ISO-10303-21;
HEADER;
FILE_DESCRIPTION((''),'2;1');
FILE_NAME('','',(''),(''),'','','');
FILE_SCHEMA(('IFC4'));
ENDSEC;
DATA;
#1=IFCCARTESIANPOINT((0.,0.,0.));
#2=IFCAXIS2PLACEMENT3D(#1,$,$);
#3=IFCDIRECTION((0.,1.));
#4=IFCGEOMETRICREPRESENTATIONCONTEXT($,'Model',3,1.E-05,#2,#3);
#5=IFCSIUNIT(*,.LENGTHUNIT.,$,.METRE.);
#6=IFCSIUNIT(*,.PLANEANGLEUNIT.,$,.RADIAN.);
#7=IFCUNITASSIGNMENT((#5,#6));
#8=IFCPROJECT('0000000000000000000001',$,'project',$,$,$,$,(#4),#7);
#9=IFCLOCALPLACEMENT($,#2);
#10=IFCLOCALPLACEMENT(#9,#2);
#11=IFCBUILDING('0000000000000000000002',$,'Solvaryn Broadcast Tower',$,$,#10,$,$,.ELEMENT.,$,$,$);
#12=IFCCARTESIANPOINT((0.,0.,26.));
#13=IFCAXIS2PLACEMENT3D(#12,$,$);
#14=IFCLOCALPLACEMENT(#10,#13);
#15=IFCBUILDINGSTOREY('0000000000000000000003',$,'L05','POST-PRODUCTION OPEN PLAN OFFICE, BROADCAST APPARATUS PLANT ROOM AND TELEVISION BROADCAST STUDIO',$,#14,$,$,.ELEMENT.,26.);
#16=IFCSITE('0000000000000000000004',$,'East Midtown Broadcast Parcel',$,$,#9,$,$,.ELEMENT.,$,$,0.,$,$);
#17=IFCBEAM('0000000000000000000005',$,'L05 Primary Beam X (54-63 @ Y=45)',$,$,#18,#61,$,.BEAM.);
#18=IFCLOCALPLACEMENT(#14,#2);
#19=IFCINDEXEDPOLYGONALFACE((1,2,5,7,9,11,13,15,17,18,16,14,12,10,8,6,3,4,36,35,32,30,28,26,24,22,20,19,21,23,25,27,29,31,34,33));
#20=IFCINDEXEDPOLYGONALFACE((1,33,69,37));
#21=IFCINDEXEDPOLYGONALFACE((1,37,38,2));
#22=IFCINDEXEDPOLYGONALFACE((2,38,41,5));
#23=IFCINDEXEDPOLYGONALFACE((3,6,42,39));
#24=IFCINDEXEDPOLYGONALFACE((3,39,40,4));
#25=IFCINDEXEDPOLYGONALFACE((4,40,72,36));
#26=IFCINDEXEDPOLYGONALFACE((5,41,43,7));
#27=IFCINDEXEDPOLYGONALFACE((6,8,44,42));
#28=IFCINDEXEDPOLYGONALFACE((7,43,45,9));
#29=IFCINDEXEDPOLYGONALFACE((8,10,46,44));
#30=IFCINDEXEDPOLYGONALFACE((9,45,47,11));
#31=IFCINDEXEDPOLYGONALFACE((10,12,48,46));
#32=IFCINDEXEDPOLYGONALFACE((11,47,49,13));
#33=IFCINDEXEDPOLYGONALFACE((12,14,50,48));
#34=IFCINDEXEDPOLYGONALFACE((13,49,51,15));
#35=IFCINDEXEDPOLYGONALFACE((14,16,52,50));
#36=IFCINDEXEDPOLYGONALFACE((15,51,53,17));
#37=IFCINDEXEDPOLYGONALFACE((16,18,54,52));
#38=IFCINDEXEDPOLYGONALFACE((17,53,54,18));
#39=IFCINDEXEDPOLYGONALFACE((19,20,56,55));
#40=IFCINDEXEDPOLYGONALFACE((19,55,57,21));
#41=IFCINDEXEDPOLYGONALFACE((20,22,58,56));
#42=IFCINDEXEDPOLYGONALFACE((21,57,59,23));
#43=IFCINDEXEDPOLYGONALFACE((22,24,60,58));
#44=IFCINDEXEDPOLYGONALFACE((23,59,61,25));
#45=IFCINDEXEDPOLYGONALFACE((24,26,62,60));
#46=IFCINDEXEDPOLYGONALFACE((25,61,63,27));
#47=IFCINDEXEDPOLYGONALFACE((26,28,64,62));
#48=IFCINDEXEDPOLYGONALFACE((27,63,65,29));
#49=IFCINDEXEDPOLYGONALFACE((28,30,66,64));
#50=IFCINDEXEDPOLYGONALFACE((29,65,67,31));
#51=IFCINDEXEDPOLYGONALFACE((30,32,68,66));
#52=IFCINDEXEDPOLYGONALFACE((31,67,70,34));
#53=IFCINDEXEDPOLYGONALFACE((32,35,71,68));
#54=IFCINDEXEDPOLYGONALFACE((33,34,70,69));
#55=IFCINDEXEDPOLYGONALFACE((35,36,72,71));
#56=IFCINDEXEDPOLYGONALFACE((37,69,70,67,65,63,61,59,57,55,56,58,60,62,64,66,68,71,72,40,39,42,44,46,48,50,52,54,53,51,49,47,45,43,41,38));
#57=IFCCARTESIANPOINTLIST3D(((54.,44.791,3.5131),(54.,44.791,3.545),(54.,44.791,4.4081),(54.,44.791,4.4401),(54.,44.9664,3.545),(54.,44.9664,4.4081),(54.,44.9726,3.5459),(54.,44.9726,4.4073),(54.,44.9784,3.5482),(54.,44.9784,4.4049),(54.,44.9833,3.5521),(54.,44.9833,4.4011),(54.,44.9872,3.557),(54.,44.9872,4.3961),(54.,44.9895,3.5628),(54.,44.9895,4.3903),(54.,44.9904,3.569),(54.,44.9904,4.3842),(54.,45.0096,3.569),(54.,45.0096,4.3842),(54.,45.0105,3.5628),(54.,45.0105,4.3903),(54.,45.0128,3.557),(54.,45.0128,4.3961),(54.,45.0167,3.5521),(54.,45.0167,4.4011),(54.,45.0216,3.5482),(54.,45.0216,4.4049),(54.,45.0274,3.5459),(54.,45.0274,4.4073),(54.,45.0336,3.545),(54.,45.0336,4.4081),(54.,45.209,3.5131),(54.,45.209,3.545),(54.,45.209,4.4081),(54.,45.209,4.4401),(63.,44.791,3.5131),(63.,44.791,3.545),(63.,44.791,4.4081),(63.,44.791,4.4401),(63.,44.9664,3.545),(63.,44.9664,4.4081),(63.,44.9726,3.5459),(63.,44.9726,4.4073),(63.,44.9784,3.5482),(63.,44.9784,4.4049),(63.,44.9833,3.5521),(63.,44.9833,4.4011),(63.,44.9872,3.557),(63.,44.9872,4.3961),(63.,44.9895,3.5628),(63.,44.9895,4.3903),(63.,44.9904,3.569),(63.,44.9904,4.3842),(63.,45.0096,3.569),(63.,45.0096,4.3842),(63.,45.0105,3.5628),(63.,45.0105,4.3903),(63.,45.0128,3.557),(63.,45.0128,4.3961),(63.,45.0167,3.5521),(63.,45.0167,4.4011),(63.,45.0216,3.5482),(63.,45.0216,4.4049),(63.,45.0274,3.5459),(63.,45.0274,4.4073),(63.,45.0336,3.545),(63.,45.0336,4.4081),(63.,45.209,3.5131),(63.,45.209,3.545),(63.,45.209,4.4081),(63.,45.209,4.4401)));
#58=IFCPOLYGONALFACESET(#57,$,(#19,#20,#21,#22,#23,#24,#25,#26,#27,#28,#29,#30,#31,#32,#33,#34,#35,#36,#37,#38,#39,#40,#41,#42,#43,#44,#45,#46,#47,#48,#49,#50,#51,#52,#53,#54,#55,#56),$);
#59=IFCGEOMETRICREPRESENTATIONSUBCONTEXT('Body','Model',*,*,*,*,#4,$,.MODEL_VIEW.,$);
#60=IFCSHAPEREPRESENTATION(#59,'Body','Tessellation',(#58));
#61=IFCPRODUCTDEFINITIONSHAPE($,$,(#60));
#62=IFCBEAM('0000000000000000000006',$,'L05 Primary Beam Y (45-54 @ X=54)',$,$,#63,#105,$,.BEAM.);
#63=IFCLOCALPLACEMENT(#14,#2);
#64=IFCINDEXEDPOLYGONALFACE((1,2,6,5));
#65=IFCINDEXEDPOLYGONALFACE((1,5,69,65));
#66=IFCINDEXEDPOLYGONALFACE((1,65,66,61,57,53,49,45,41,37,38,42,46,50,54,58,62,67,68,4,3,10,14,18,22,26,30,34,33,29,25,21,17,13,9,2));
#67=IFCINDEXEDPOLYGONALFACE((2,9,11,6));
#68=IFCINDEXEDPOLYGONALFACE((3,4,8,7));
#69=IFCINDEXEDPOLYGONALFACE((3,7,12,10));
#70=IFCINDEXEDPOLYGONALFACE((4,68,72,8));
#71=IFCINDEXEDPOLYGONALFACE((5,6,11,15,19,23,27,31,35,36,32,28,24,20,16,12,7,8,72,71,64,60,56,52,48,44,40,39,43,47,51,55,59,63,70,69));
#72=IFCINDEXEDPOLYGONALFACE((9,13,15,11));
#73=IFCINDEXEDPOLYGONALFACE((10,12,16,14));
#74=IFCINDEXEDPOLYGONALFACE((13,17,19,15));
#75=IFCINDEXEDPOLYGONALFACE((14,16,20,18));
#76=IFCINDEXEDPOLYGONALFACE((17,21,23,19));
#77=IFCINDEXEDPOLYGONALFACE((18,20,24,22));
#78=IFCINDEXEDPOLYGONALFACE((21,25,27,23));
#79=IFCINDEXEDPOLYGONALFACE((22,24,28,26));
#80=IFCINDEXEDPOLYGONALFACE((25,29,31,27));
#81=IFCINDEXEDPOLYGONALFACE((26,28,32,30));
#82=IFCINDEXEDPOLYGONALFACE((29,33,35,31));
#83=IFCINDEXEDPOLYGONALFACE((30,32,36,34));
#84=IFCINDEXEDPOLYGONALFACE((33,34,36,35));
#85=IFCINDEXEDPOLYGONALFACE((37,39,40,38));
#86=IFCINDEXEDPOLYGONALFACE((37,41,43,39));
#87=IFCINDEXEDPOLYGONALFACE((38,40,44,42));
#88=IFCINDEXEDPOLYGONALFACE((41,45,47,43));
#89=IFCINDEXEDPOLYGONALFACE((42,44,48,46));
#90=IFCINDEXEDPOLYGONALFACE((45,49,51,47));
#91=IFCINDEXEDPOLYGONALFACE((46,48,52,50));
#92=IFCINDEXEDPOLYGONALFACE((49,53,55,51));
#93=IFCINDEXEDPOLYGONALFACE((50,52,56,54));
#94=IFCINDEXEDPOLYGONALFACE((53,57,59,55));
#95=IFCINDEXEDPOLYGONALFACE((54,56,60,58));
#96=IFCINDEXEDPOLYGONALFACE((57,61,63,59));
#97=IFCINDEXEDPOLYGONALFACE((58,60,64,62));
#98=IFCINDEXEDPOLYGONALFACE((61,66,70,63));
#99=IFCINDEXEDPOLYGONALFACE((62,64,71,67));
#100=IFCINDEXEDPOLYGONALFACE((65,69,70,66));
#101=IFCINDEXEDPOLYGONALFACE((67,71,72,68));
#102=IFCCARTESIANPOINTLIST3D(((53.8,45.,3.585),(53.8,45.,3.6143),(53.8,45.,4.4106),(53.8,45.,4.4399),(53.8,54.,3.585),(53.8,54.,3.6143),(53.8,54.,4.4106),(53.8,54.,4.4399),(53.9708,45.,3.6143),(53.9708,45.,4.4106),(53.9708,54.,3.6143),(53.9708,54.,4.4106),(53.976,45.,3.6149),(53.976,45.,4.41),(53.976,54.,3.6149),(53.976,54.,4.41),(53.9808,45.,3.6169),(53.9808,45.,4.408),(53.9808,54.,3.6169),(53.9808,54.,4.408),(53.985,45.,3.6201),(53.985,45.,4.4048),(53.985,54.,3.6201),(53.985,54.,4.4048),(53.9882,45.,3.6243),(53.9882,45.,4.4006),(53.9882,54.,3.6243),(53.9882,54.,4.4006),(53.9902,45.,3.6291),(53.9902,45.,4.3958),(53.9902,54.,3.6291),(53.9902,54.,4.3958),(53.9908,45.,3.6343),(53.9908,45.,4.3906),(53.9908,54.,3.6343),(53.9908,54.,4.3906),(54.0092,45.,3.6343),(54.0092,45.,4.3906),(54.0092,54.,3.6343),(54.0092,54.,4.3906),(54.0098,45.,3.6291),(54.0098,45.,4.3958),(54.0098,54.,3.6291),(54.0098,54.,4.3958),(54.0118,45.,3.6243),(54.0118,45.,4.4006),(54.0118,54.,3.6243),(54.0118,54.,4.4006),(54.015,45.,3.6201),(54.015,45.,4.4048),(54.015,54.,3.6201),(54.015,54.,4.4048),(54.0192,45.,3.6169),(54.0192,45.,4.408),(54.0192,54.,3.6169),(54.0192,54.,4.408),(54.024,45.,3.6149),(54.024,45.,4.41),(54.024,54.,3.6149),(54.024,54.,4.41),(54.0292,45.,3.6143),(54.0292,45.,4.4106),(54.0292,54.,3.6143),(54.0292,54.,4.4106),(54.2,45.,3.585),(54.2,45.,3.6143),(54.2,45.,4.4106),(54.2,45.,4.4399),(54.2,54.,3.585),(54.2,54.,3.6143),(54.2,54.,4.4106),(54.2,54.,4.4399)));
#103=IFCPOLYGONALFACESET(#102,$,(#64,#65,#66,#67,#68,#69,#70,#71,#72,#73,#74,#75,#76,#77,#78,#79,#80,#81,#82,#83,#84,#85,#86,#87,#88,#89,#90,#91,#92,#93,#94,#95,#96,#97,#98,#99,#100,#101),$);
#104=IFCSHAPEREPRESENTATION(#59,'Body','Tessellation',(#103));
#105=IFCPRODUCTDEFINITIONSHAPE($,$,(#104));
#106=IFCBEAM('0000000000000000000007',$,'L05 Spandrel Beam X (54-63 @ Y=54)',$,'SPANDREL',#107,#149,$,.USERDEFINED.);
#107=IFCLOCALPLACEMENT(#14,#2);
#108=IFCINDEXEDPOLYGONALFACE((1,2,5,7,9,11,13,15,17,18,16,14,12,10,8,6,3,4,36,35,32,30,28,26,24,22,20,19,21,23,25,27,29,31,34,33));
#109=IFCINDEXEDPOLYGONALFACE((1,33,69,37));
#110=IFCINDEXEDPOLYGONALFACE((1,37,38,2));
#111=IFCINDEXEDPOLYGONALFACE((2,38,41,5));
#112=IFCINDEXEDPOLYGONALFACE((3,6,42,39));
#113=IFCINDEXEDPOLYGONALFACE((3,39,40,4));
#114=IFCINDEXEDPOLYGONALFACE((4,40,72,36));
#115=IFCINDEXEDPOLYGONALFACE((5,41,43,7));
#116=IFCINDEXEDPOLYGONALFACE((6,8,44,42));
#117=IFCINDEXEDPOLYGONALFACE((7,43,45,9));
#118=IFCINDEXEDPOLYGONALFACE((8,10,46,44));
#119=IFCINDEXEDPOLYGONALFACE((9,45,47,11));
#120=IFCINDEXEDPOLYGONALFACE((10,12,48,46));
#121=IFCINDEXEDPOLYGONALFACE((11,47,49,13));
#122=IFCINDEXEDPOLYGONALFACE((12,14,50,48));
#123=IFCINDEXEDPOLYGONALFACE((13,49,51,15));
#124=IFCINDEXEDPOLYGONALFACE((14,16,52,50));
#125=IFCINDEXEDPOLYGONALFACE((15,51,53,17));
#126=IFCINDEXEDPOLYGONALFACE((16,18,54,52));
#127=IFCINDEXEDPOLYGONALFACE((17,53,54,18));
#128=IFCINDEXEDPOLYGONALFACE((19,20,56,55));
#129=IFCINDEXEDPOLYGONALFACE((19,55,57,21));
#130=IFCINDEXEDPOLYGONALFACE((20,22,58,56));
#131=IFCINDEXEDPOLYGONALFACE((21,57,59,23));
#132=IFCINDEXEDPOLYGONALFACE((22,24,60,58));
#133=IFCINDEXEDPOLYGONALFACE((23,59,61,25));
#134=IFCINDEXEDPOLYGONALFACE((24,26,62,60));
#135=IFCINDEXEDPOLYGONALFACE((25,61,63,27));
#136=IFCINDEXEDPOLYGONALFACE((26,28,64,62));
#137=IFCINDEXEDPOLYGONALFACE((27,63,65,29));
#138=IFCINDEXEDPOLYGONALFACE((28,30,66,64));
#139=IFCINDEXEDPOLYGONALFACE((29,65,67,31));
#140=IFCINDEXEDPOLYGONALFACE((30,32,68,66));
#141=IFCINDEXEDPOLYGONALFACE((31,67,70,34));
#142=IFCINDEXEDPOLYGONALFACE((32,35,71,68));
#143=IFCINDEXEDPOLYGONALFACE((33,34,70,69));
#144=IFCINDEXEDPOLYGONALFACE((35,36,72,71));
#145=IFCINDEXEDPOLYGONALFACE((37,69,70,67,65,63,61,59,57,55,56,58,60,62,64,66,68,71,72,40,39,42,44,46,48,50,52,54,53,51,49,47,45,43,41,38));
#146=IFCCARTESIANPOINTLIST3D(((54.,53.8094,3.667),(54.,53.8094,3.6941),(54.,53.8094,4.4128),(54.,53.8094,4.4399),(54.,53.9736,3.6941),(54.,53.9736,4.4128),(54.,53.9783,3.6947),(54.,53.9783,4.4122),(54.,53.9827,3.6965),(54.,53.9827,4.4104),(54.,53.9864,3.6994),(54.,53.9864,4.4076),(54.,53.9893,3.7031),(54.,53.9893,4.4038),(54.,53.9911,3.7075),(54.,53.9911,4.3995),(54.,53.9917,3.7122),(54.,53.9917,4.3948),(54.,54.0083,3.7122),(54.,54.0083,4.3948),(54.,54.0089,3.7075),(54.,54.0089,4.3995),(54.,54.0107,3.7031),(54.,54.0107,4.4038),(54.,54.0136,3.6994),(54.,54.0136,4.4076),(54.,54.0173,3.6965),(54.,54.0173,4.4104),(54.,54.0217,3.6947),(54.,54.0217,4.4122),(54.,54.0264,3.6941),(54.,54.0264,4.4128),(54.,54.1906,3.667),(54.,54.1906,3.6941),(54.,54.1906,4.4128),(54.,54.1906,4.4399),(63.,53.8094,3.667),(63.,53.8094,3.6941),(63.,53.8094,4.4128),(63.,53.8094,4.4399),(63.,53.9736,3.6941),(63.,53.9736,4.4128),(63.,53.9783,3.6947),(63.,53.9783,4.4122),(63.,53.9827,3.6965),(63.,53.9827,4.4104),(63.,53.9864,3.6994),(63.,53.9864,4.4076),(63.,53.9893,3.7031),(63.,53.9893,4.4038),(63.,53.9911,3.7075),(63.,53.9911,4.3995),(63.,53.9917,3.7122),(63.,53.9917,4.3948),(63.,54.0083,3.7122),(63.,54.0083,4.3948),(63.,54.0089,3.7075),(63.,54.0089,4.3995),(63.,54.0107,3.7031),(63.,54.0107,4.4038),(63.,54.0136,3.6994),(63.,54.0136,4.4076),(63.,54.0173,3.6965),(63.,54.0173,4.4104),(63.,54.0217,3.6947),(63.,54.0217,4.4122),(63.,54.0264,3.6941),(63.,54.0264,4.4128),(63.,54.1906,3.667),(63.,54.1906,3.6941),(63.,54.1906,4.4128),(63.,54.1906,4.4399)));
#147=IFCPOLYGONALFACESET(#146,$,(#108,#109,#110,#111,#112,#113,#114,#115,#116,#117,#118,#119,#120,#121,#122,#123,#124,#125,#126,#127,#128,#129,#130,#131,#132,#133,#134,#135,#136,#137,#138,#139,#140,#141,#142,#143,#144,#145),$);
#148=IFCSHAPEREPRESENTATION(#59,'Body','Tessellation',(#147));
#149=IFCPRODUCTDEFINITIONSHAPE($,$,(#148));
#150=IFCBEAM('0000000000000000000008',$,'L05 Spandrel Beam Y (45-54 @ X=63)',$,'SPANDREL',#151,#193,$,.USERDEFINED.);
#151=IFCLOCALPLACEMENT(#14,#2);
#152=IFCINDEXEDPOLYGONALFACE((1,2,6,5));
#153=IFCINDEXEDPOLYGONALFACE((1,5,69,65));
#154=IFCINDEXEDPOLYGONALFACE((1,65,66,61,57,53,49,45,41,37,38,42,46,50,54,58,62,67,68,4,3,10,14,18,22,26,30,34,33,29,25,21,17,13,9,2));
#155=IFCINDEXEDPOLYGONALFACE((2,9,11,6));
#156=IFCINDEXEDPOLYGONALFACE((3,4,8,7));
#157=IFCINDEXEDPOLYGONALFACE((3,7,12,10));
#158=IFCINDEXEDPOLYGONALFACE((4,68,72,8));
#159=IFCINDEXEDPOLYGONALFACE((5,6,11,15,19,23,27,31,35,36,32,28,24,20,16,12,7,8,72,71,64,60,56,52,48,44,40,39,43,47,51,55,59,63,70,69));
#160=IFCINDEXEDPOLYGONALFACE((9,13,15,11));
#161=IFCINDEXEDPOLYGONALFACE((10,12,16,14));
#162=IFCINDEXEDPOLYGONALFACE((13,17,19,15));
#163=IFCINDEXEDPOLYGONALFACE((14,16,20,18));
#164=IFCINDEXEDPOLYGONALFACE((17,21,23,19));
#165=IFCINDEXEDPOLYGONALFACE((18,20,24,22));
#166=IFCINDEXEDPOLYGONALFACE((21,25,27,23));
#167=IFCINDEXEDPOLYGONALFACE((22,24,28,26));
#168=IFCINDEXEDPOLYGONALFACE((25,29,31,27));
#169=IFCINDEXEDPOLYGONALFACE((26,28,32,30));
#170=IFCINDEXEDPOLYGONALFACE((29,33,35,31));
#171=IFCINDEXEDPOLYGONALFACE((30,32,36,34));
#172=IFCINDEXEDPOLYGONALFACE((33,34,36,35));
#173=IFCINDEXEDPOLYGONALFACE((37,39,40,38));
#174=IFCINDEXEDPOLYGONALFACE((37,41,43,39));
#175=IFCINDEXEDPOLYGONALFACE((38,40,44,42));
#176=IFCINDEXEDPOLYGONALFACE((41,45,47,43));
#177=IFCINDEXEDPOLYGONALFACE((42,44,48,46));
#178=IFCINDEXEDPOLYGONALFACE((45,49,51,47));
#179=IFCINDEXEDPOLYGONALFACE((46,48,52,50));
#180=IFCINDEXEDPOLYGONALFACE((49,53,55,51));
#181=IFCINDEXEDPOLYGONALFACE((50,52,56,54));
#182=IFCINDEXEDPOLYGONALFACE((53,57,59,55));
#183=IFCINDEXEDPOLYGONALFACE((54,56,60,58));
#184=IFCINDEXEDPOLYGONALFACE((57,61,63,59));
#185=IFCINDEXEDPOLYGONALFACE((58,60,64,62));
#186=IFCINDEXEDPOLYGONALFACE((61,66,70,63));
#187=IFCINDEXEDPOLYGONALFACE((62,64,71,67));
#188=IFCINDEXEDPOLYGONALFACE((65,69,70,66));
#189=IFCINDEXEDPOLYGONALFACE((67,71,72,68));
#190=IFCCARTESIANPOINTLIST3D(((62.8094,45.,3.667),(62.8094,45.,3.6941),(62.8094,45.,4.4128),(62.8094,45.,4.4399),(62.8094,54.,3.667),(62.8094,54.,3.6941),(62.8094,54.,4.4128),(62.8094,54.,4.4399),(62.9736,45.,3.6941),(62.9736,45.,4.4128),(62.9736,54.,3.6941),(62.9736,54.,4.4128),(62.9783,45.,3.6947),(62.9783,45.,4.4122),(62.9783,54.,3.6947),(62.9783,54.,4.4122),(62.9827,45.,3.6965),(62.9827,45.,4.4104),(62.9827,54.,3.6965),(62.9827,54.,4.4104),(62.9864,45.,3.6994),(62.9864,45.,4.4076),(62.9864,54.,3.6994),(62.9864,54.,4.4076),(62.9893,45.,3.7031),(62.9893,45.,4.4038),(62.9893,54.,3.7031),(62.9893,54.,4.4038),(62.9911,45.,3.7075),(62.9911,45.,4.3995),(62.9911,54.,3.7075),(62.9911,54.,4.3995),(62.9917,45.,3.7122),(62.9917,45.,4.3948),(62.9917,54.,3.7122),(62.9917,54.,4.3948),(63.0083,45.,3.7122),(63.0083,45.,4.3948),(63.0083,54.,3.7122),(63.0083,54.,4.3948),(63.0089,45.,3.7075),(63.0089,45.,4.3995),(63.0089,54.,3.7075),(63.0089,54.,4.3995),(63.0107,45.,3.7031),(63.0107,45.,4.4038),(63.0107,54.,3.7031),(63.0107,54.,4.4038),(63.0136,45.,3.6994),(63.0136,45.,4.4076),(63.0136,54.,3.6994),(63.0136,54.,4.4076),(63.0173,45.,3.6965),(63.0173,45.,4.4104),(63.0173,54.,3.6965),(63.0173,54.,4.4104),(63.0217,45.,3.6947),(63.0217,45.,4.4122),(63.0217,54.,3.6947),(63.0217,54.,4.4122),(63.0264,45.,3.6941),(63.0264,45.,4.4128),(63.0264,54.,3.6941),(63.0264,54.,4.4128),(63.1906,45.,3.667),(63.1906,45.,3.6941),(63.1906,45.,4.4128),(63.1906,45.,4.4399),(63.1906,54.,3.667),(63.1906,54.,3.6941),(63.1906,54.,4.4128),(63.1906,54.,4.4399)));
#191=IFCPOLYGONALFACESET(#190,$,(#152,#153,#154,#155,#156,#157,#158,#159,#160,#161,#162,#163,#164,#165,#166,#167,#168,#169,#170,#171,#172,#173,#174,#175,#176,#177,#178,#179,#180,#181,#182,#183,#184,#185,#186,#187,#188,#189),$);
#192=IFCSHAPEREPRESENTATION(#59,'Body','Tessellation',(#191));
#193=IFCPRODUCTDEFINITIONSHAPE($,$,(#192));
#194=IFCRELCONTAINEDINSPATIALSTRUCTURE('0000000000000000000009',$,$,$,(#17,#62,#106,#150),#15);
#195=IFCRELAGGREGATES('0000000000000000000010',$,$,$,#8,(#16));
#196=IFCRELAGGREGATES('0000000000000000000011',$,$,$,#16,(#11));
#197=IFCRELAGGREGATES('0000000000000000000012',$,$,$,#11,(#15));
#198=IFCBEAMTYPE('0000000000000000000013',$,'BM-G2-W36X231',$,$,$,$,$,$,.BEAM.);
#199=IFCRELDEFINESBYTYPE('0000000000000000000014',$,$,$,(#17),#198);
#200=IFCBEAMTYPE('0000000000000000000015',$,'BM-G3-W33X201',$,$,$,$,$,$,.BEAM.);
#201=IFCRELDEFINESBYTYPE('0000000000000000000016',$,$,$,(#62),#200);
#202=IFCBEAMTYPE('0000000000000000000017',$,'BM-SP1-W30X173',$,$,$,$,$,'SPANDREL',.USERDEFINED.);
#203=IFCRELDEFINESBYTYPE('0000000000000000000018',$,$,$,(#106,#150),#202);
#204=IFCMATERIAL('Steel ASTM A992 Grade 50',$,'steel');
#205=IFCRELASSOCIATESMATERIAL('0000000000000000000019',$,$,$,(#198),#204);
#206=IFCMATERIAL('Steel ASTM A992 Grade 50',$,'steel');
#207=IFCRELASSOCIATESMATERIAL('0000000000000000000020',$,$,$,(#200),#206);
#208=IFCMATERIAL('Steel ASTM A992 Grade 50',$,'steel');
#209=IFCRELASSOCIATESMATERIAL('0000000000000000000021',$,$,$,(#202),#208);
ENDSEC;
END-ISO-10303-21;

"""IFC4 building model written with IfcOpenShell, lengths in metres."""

from ifc_helpers import new_model, si_unit, direction, frame, origin, origin_2d, place, context, subcontext, project, spatial, i_section, extrude, material, material_profile, profile_set, type_object, element, save


model = new_model("IFC4")

# Units and contexts
model_context = context("Model", 3, precision=1e-05, world=origin(), true_north=direction((0.0, 1.0)))
body_context = subcontext(model_context, "Body", "Model", "MODEL_VIEW")
ifc_project = project(units=[si_unit("LENGTHUNIT", "METRE"), si_unit("PLANEANGLEUNIT", "RADIAN")], contexts=[model_context])

# Site, building, storey
site_placement = place(None, origin())
site = spatial("IfcSite", under=ifc_project, at=site_placement, Name="East Midtown Broadcast Parcel", CompositionType="ELEMENT", RefElevation=0.0)
building_placement = place(site_placement, origin())
building = spatial("IfcBuilding", under=site, at=building_placement, Name="Solvaryn Broadcast Tower", CompositionType="ELEMENT")
storey_placement = place(building_placement, frame((0.0, 0.0, 26.0)))
storey = spatial("IfcBuildingStorey", under=building, at=storey_placement, Name="L05", Description="POST-PRODUCTION OPEN PLAN OFFICE, BROADCAST APPARATUS PLANT ROOM AND TELEVISION BROADCAST STUDIO", CompositionType="ELEMENT", Elevation=26.0)

# Beams
ifc_material_1 = material(Name="Steel ASTM A992 Grade 50", Category="steel")
ifc_material_profile_1 = material_profile(ifc_material_1, i_section(OverallWidth=0.418, OverallDepth=0.927, WebThickness=0.0193, FlangeThickness=0.032, FilletRadius=0.0239, at=origin_2d()))
ifc_profile_set_1 = profile_set([ifc_material_profile_1], Name="Steel ASTM A992 Grade 50")
beam_type_1 = type_object("IfcBeamType", Name="BM-G2-W36X231", PredefinedType="BEAM", material=ifc_profile_set_1)
beam_1_placement = place(storey_placement, frame((54.0, 45.0, 3.9766), z_axis=(1.0, 0.0, 0.0), x_axis=(0.0, 1.0, 0.0)))
element("IfcBeam", 1, at=beam_1_placement, inside=storey, type_object=beam_type_1, Name="L05 Primary Beam X (54-63 @ Y=45)", PredefinedType="BEAM", context=body_context, shape_type="SweptSolid", body=[
    extrude(i_section(OverallWidth=0.418, OverallDepth=0.927, WebThickness=0.0193, FlangeThickness=0.032, FilletRadius=0.0239, at=origin_2d()), origin(), (0.0, 0.0, 1.0), 9.0),
])
ifc_material_2 = material(Name="Steel ASTM A992 Grade 50", Category="steel")
ifc_material_profile_2 = material_profile(ifc_material_2, i_section(OverallWidth=0.3999, OverallDepth=0.855, WebThickness=0.0183, FlangeThickness=0.0293, FilletRadius=0.02, at=origin_2d()))
ifc_profile_set_2 = profile_set([ifc_material_profile_2], Name="Steel ASTM A992 Grade 50")
beam_type_2 = type_object("IfcBeamType", Name="BM-G3-W33X201", PredefinedType="BEAM", material=ifc_profile_set_2)
beam_2_placement = place(storey_placement, frame((54.0, 45.0, 4.0125), z_axis=(0.0, 1.0, 0.0), x_axis=(-1.0, 0.0, 0.0)))
element("IfcBeam", 2, at=beam_2_placement, inside=storey, type_object=beam_type_2, Name="L05 Primary Beam Y (45-54 @ X=54)", PredefinedType="BEAM", context=body_context, shape_type="SweptSolid", body=[
    extrude(i_section(OverallWidth=0.3999, OverallDepth=0.855, WebThickness=0.0183, FlangeThickness=0.0293, FilletRadius=0.02, at=origin_2d()), origin(), (0.0, 0.0, 1.0), 9.0),
])
ifc_material_3 = material(Name="Steel ASTM A992 Grade 50", Category="steel")
ifc_material_profile_3 = material_profile(ifc_material_3, i_section(OverallWidth=0.3811, OverallDepth=0.7729, WebThickness=0.0166, FlangeThickness=0.0271, FilletRadius=0.0181, at=origin_2d()))
ifc_profile_set_3 = profile_set([ifc_material_profile_3], Name="Steel ASTM A992 Grade 50")
beam_type_3 = type_object("IfcBeamType", Name="BM-SP1-W30X173", ElementType="SPANDREL", PredefinedType="USERDEFINED", material=ifc_profile_set_3)
for number, where, z_axis, x_axis, name in (
    (3, (54.0, 54.0, 4.0535), (1.0, 0.0, 0.0), (0.0, 1.0, 0.0), "L05 Spandrel Beam X (54-63 @ Y=54)"),
    (4, (63.0, 45.0, 4.0535), (0.0, 1.0, 0.0), (-1.0, 0.0, 0.0), "L05 Spandrel Beam Y (45-54 @ X=63)"),
):
    element("IfcBeam", number, at=place(storey_placement, frame(where, z_axis=z_axis, x_axis=x_axis)), inside=storey, type_object=beam_type_3, Name=name, ObjectType="SPANDREL", PredefinedType="USERDEFINED", context=body_context, shape_type="SweptSolid", body=[
        extrude(i_section(OverallWidth=0.3811, OverallDepth=0.7729, WebThickness=0.0166, FlangeThickness=0.0271, FilletRadius=0.0181, at=origin_2d()), origin(), (0.0, 0.0, 1.0), 9.0),
    ])

save(model, "model.ifc")
